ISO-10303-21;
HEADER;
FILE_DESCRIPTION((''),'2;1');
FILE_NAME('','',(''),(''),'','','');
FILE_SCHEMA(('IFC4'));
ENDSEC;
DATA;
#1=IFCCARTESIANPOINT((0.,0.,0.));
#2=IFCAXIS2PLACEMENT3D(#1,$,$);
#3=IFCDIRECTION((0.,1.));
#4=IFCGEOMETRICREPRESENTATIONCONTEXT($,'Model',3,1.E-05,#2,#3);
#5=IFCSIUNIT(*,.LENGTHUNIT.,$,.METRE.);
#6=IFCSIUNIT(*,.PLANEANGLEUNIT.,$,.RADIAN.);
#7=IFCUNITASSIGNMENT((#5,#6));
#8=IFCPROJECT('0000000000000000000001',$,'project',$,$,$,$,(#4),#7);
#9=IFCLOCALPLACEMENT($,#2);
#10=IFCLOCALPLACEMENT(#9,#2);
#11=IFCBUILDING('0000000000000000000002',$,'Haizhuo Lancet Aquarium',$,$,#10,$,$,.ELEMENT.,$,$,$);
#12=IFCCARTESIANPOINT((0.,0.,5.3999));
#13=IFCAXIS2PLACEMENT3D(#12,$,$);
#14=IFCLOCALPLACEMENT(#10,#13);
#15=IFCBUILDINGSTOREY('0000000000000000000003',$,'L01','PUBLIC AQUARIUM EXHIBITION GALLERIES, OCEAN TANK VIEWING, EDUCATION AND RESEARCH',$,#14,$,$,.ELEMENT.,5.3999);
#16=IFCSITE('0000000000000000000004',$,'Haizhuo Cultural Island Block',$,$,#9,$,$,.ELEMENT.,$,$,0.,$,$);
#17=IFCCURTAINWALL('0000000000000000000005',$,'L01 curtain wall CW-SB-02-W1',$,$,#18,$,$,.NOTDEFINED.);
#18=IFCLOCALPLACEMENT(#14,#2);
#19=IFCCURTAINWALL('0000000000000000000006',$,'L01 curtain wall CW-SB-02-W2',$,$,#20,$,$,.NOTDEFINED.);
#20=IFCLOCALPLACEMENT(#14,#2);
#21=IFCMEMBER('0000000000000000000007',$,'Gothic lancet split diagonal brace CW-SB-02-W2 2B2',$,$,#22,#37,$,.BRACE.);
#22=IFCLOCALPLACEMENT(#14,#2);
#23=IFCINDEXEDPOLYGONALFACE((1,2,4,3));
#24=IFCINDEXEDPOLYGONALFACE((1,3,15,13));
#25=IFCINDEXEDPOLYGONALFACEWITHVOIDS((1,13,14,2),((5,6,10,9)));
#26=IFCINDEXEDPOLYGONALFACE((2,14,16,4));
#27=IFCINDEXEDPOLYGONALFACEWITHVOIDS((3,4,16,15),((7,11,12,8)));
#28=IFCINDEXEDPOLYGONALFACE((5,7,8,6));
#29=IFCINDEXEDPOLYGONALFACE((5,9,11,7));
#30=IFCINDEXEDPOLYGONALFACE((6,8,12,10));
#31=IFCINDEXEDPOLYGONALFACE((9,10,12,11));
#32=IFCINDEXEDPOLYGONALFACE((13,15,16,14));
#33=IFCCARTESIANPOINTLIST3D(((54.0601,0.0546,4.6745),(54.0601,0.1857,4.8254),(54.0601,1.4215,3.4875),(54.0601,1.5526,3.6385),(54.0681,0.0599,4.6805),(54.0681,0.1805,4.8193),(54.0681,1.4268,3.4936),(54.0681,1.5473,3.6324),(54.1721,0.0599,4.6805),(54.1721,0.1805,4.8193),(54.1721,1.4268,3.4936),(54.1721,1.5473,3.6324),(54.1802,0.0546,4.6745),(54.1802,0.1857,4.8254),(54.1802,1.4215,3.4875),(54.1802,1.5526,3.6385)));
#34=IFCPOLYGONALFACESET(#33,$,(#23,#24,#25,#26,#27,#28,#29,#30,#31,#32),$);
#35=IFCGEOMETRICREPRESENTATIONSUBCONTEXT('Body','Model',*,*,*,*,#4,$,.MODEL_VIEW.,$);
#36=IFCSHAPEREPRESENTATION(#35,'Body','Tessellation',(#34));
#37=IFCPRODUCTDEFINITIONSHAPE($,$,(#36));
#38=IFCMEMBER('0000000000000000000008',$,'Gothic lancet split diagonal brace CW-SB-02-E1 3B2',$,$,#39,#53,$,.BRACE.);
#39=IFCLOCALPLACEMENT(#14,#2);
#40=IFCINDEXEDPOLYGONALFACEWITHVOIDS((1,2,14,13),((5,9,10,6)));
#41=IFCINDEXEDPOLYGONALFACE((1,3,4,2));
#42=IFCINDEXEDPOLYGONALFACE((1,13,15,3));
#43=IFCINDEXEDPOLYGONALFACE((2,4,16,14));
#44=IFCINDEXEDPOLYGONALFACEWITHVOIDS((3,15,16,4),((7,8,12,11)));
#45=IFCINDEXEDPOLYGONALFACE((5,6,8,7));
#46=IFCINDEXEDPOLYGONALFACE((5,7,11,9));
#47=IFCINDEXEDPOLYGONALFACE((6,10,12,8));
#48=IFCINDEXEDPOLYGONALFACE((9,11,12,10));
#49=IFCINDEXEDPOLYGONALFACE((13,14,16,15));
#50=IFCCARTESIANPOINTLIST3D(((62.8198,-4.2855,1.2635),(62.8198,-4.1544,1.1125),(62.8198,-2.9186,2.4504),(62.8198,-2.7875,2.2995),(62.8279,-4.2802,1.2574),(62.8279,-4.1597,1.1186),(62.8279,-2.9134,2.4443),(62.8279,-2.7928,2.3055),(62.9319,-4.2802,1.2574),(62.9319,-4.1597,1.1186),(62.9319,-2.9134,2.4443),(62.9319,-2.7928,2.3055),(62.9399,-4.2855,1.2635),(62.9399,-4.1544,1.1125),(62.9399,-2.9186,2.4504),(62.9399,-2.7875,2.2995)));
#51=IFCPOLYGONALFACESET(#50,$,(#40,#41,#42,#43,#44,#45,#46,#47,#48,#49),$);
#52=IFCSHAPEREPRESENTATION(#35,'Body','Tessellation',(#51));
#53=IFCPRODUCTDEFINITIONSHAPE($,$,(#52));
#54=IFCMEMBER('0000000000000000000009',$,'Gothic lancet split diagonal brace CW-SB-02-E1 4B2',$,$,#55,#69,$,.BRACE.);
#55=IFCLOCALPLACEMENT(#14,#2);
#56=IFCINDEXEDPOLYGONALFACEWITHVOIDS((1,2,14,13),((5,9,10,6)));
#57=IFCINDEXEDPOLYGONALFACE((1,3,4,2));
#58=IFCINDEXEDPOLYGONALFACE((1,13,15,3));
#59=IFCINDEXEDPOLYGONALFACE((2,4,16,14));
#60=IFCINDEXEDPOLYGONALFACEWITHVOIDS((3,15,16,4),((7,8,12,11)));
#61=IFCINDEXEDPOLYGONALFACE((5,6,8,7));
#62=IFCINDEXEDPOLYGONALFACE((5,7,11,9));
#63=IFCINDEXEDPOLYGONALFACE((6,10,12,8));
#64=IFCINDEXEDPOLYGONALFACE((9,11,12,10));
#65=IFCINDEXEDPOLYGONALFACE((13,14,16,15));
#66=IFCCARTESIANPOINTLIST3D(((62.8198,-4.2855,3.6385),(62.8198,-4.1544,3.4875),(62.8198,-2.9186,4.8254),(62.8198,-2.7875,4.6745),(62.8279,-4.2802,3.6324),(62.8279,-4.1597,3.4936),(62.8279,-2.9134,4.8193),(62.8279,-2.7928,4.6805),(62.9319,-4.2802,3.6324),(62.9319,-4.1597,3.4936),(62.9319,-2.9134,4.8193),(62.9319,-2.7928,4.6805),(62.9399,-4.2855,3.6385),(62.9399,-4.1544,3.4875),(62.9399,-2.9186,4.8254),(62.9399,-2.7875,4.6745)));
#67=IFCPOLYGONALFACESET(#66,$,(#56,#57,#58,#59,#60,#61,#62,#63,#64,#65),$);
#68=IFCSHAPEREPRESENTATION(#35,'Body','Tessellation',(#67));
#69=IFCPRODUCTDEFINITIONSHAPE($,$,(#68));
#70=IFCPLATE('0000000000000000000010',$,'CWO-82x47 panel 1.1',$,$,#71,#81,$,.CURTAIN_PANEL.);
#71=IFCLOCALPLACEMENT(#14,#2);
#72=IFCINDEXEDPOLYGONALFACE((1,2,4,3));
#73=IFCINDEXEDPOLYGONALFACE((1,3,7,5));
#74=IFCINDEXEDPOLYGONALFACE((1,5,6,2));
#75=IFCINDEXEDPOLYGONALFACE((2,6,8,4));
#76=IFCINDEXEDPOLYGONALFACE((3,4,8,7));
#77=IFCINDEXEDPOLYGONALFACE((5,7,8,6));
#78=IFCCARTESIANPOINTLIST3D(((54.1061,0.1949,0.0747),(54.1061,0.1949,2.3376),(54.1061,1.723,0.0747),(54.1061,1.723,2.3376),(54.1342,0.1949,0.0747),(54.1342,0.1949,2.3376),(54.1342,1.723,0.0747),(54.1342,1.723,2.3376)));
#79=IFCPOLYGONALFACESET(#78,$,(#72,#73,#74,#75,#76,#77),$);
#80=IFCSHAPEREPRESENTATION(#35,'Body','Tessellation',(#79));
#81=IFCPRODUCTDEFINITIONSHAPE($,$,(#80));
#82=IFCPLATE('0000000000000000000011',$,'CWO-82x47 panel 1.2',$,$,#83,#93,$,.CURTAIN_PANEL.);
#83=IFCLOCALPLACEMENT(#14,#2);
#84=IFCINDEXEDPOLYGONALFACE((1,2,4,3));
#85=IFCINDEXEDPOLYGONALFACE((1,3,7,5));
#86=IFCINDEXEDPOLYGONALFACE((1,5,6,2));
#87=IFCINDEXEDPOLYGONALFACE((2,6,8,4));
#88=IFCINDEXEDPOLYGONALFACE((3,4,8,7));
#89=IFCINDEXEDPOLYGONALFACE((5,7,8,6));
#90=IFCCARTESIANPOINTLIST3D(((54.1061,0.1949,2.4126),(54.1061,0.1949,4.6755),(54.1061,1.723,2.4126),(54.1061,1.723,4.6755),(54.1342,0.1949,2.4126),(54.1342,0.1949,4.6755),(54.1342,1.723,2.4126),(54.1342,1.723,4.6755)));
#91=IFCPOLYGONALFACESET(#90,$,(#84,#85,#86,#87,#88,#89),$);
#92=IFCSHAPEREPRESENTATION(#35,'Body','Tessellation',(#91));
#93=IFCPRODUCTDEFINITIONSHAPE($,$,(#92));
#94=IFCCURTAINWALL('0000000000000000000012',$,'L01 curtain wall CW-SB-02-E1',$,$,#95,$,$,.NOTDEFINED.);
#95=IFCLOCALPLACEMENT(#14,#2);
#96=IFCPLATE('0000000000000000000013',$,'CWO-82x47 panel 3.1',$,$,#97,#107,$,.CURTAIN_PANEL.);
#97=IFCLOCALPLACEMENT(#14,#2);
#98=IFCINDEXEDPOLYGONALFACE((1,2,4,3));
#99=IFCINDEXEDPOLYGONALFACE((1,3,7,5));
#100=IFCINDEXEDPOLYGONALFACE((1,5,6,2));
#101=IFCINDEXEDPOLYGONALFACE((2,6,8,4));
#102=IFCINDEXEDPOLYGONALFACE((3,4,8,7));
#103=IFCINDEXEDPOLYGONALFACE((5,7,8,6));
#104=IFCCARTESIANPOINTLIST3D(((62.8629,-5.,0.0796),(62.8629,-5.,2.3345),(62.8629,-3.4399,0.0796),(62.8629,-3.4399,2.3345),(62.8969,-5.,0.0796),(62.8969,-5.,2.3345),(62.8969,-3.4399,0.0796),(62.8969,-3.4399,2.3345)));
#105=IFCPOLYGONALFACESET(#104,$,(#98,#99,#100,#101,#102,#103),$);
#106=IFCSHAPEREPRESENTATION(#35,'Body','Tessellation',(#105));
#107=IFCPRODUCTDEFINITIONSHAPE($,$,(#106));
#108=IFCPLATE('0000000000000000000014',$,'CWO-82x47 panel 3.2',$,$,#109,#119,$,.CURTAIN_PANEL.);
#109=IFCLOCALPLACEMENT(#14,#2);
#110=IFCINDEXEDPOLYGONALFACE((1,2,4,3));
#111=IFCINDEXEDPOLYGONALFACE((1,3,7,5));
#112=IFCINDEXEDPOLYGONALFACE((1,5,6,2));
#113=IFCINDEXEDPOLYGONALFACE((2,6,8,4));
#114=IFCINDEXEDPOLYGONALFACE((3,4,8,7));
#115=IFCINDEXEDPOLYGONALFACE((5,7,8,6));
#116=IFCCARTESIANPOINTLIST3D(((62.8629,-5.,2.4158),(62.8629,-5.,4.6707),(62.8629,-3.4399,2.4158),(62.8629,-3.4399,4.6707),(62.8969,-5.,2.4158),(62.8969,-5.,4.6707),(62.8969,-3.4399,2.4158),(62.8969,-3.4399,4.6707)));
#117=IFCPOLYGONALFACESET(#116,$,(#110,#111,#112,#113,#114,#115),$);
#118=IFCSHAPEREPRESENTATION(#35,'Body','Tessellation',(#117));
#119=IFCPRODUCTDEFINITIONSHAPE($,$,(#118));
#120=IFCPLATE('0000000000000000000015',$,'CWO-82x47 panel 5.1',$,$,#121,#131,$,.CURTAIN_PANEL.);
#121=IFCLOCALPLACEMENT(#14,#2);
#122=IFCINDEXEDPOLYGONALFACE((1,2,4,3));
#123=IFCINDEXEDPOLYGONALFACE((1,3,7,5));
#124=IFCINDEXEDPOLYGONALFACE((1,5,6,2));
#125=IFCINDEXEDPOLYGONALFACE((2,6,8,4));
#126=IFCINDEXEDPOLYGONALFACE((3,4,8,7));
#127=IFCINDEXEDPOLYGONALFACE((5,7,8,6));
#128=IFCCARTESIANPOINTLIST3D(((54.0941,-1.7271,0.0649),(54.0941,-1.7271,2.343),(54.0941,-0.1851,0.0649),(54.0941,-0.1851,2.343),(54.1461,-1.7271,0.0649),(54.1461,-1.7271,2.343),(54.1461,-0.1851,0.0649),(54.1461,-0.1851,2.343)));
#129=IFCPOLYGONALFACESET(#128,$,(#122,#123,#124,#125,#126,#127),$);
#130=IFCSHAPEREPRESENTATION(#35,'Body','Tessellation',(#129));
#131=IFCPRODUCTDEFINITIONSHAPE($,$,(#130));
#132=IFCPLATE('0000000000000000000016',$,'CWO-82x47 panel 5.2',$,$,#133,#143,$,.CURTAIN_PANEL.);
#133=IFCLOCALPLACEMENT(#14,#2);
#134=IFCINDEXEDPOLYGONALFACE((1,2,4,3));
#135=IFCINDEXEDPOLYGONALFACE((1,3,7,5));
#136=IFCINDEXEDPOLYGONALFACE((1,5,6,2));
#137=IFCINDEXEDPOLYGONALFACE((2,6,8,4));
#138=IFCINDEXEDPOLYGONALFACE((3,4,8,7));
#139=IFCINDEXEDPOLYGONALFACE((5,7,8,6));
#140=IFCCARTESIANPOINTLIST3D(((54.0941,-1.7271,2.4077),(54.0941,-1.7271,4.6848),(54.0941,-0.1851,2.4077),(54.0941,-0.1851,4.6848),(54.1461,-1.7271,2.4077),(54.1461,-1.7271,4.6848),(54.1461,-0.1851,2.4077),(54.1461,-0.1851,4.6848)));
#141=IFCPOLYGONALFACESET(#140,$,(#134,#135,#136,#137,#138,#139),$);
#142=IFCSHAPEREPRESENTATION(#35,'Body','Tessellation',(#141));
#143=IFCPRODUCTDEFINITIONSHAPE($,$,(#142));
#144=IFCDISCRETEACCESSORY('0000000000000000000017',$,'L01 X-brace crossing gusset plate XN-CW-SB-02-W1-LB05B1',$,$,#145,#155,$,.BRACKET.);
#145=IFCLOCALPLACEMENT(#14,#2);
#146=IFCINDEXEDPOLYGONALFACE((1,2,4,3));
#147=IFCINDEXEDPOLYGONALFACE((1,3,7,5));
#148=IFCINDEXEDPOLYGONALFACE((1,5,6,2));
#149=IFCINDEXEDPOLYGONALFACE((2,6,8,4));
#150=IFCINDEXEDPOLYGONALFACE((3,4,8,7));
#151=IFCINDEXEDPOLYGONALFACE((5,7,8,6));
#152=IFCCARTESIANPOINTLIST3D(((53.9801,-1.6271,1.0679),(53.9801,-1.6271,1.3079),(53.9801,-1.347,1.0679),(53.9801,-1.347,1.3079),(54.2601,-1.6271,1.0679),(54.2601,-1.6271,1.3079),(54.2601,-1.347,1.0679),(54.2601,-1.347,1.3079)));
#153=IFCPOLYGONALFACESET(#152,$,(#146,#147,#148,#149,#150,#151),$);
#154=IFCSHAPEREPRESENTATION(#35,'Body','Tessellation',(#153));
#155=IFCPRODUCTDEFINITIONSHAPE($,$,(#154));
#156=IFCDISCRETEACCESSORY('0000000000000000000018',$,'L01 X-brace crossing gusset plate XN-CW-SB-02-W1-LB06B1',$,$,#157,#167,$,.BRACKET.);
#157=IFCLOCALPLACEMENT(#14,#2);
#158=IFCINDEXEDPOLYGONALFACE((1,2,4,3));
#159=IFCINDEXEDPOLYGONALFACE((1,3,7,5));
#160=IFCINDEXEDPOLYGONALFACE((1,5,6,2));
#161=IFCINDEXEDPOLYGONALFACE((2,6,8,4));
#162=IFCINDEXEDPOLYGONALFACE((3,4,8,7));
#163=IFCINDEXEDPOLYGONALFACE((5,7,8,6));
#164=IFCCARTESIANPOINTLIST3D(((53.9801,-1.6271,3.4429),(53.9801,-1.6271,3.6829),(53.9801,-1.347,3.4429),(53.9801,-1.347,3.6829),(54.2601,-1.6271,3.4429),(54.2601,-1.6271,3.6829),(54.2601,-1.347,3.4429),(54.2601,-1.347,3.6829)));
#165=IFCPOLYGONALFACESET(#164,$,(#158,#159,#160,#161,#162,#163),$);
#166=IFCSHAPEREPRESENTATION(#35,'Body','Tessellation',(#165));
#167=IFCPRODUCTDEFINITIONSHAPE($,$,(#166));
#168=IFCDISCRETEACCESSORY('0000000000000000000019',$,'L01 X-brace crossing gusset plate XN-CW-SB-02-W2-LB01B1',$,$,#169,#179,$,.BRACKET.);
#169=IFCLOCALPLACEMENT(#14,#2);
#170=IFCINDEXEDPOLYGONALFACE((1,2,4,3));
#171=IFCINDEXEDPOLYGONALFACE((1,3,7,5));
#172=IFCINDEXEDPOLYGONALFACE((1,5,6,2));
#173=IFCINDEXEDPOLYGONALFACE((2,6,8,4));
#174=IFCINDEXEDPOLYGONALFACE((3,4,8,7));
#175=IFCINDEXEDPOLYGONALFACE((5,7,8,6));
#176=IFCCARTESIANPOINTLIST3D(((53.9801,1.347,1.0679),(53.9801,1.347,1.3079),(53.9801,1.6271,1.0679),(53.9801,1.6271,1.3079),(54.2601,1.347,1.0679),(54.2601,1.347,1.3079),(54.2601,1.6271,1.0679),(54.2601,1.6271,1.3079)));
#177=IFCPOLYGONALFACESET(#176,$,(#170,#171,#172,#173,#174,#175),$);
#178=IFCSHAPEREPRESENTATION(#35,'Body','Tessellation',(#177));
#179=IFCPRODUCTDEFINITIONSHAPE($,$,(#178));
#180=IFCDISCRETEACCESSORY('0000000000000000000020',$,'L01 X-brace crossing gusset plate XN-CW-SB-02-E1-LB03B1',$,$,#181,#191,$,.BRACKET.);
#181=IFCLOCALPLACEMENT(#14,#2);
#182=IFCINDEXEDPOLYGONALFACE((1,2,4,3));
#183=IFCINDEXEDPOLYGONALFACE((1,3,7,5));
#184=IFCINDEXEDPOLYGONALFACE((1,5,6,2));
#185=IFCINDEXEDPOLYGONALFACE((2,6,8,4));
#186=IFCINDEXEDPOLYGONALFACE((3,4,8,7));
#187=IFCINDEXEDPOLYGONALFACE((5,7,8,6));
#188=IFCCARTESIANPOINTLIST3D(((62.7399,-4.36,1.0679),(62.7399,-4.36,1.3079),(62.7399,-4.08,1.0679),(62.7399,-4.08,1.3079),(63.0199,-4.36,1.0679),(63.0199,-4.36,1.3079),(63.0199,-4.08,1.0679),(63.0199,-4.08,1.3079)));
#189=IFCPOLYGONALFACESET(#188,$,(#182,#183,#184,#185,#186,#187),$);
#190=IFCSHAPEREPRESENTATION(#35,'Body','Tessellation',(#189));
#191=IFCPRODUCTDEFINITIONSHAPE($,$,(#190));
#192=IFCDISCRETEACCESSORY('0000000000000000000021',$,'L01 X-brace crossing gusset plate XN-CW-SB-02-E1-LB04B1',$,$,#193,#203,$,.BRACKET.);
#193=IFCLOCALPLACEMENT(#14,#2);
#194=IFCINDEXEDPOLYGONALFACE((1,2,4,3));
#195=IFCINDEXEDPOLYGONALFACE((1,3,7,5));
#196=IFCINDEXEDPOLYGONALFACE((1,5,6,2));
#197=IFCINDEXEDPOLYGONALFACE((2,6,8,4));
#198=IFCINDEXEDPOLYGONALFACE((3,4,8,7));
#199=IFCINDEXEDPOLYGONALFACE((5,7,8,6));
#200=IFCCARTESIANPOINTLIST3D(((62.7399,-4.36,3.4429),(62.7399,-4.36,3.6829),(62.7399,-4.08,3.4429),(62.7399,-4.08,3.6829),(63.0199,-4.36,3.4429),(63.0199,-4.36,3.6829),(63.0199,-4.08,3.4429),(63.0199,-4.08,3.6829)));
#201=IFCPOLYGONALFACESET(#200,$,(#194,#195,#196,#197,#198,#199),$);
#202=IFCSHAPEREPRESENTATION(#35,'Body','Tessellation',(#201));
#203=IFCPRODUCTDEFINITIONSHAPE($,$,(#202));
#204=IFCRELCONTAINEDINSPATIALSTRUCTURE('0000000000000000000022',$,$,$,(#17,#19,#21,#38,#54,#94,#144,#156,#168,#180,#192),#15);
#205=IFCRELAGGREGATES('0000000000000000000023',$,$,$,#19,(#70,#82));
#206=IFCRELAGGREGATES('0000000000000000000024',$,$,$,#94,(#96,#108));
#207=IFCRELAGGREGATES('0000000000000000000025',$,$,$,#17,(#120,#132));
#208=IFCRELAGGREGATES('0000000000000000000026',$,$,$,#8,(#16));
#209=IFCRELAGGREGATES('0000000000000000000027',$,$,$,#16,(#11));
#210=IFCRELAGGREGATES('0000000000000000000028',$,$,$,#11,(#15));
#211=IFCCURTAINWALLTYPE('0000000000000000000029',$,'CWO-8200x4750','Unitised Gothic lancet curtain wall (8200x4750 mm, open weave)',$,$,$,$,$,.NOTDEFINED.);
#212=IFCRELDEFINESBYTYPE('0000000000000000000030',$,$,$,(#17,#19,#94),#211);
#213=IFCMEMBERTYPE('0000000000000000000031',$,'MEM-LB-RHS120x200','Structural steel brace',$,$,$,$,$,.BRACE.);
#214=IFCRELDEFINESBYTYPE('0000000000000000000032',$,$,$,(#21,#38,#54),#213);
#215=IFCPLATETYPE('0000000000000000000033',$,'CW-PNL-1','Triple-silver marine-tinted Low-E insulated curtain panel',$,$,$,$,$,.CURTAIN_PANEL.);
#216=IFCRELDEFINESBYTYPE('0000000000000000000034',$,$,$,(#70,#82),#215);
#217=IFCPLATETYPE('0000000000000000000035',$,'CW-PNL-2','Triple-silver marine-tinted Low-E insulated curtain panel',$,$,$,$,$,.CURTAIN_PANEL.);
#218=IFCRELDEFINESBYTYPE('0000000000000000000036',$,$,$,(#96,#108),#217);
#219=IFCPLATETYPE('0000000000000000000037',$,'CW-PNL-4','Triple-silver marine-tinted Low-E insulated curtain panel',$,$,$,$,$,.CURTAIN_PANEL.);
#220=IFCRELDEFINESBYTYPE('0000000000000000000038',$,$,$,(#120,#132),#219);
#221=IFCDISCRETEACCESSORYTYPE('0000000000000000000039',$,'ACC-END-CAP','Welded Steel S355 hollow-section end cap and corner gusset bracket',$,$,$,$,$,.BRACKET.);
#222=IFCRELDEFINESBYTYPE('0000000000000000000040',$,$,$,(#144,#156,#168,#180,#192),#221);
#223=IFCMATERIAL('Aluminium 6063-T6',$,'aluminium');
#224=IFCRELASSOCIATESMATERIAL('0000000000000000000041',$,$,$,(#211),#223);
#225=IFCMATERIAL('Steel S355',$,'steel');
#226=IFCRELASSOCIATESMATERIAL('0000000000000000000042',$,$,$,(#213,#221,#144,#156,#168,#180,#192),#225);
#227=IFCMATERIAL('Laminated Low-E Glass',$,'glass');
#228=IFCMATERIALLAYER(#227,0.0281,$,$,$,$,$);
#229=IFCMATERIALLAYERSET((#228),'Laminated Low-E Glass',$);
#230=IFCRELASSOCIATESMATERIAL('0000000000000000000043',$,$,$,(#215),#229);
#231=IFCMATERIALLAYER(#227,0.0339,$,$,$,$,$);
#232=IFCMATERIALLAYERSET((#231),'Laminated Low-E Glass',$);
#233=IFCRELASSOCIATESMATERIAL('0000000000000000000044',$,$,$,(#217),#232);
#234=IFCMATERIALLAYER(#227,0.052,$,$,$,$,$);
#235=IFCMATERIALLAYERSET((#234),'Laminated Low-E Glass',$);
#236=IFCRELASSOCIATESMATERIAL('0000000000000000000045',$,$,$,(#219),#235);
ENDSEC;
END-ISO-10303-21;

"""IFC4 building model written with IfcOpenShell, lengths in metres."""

from ifc_helpers import new_model, si_unit, direction, frame, origin, origin_2d, place, context, subcontext, project, spatial, rectangle, hollow_rectangle, extrude, material, layer, layer_set, material_profile, profile_set, type_object, element, aggregate, save


model = new_model("IFC4")

# Units and contexts
model_context = context("Model", 3, precision=1e-05, world=origin(), true_north=direction((0.0, 1.0)))
body_context = subcontext(model_context, "Body", "Model", "MODEL_VIEW")
ifc_project = project(units=[si_unit("LENGTHUNIT", "METRE"), si_unit("PLANEANGLEUNIT", "RADIAN")], contexts=[model_context])

# Site, building, storey
site_placement = place(None, origin())
site = spatial("IfcSite", under=ifc_project, at=site_placement, Name="Haizhuo Cultural Island Block", CompositionType="ELEMENT", RefElevation=0.0)
building_placement = place(site_placement, origin())
building = spatial("IfcBuilding", under=site, at=building_placement, Name="Haizhuo Lancet Aquarium", CompositionType="ELEMENT")
storey_placement = place(building_placement, frame((0.0, 0.0, 5.3999)))
storey = spatial("IfcBuildingStorey", under=building, at=storey_placement, Name="L01", Description="PUBLIC AQUARIUM EXHIBITION GALLERIES, OCEAN TANK VIEWING, EDUCATION AND RESEARCH", CompositionType="ELEMENT", Elevation=5.3999)

# Curtain wall
ifc_material_1 = material(Name="Aluminium 6063-T6", Category="aluminium")
curtain_wall_type = type_object("IfcCurtainWallType", Name="CWO-8200x4750", Description="Unitised Gothic lancet curtain wall (8200x4750 mm, open weave)", PredefinedType="NOTDEFINED", material=ifc_material_1)
curtain_wall_1_placement = place(storey_placement, origin())
curtain_wall_1 = element("IfcCurtainWall", 1, at=curtain_wall_1_placement, inside=storey, type_object=curtain_wall_type, Name="L01 curtain wall CW-SB-02-W1", PredefinedType="NOTDEFINED")

# Curtain wall
curtain_wall_2_placement = place(storey_placement, origin())
curtain_wall_2 = element("IfcCurtainWall", 2, at=curtain_wall_2_placement, inside=storey, type_object=curtain_wall_type, Name="L01 curtain wall CW-SB-02-W2", PredefinedType="NOTDEFINED")

# Members
ifc_material_2 = material(Name="Steel S355", Category="steel")
ifc_material_profile_1 = material_profile(ifc_material_2, hollow_rectangle(XDim=0.1201, YDim=0.2, WallThickness=0.0081, at=origin_2d()), Name="RHS 120x200x8")
ifc_profile_set_1 = profile_set([ifc_material_profile_1], Name="Steel S355")
member_type_1 = type_object("IfcMemberType", Name="MEM-LB-RHS120x200", Description="Structural steel brace", PredefinedType="BRACE", material=ifc_profile_set_1)
for number, where, z_axis, x_axis, name in (
    (3, (54.1201, 1.4871, 3.563), (0.0, -0.755052, 0.655664), (1.0, 0.0, 0.0), "Gothic lancet split diagonal brace CW-SB-02-W2 2B2"),
    (4, (62.8799, -4.22, 1.188), (0.0, 0.755052, 0.655664), (-1.0, 0.0, 0.0), "Gothic lancet split diagonal brace CW-SB-02-E1 3B2"),
    (5, (62.8799, -4.22, 3.563), (0.0, 0.755052, 0.655664), (-1.0, 0.0, 0.0), "Gothic lancet split diagonal brace CW-SB-02-E1 4B2"),
):
    element("IfcMember", number, at=place(storey_placement, frame(where, z_axis=z_axis, x_axis=x_axis)), inside=storey, type_object=member_type_1, Name=name, PredefinedType="BRACE", context=body_context, shape_type="SweptSolid", body=[
        extrude(hollow_rectangle(XDim=0.1201, YDim=0.2, WallThickness=0.0081, at=origin_2d()), origin(), (0.0, 0.0, 1.0), 1.8103),
    ])

# Plates
ifc_material_3 = material(Name="Laminated Low-E Glass", Category="glass")
ifc_layer_1 = layer(ifc_material_3, 0.0281)
ifc_layer_set_1 = layer_set([ifc_layer_1], Name="Laminated Low-E Glass")
plate_type_1 = type_object("IfcPlateType", Name="CW-PNL-1", Description="Triple-silver marine-tinted Low-E insulated curtain panel", PredefinedType="CURTAIN_PANEL", material=ifc_layer_set_1)
plate_1_placement = place(storey_placement, frame((54.1201, 0.959, 0.0747), z_axis=(0.0, 0.0, 1.0), x_axis=(0.0, 1.0, 0.0)))
plate_1 = element("IfcPlate", 6, at=plate_1_placement, type_object=plate_type_1, Name="CWO-82x47 panel 1.1", PredefinedType="CURTAIN_PANEL", context=body_context, shape_type="SweptSolid", body=[
    extrude(rectangle(XDim=1.5281, YDim=0.0281, at=origin_2d()), origin(), (0.0, 0.0, 1.0), 2.2629),
])
plate_2_placement = place(storey_placement, frame((54.1201, 0.959, 2.4126), z_axis=(0.0, 0.0, 1.0), x_axis=(0.0, 1.0, 0.0)))
plate_2 = element("IfcPlate", 7, at=plate_2_placement, type_object=plate_type_1, Name="CWO-82x47 panel 1.2", PredefinedType="CURTAIN_PANEL", context=body_context, shape_type="SweptSolid", body=[
    extrude(rectangle(XDim=1.5281, YDim=0.0281, at=origin_2d()), origin(), (0.0, 0.0, 1.0), 2.2629),
])
aggregate(curtain_wall_2, [plate_1, plate_2])

# Curtain wall, plates
curtain_wall_3_placement = place(storey_placement, origin())
curtain_wall_3 = element("IfcCurtainWall", 8, at=curtain_wall_3_placement, inside=storey, type_object=curtain_wall_type, Name="L01 curtain wall CW-SB-02-E1", PredefinedType="NOTDEFINED")
ifc_layer_2 = layer(ifc_material_3, 0.0339)
ifc_layer_set_2 = layer_set([ifc_layer_2], Name="Laminated Low-E Glass")
plate_type_2 = type_object("IfcPlateType", Name="CW-PNL-2", Description="Triple-silver marine-tinted Low-E insulated curtain panel", PredefinedType="CURTAIN_PANEL", material=ifc_layer_set_2)
plate_3_placement = place(storey_placement, frame((62.8799, -4.22, 0.0796), z_axis=(0.0, 0.0, 1.0), x_axis=(0.0, -1.0, 0.0)))
plate_3 = element("IfcPlate", 9, at=plate_3_placement, type_object=plate_type_2, Name="CWO-82x47 panel 3.1", PredefinedType="CURTAIN_PANEL", context=body_context, shape_type="SweptSolid", body=[
    extrude(rectangle(XDim=1.5601, YDim=0.0339, at=origin_2d()), origin(), (0.0, 0.0, 1.0), 2.2549),
])
plate_4_placement = place(storey_placement, frame((62.8799, -4.22, 2.4158), z_axis=(0.0, 0.0, 1.0), x_axis=(0.0, -1.0, 0.0)))
plate_4 = element("IfcPlate", 10, at=plate_4_placement, type_object=plate_type_2, Name="CWO-82x47 panel 3.2", PredefinedType="CURTAIN_PANEL", context=body_context, shape_type="SweptSolid", body=[
    extrude(rectangle(XDim=1.5601, YDim=0.0339, at=origin_2d()), origin(), (0.0, 0.0, 1.0), 2.2549),
])
aggregate(curtain_wall_3, [plate_3, plate_4])

# Plates
ifc_layer_3 = layer(ifc_material_3, 0.052)
ifc_layer_set_3 = layer_set([ifc_layer_3], Name="Laminated Low-E Glass")
plate_type_3 = type_object("IfcPlateType", Name="CW-PNL-4", Description="Triple-silver marine-tinted Low-E insulated curtain panel", PredefinedType="CURTAIN_PANEL", material=ifc_layer_set_3)
plate_5_placement = place(storey_placement, frame((54.1201, -0.9561, 0.0649), z_axis=(0.0, 0.0, 1.0), x_axis=(0.0, 1.0, 0.0)))
plate_5 = element("IfcPlate", 11, at=plate_5_placement, type_object=plate_type_3, Name="CWO-82x47 panel 5.1", PredefinedType="CURTAIN_PANEL", context=body_context, shape_type="SweptSolid", body=[
    extrude(rectangle(XDim=1.542, YDim=0.052, at=origin_2d()), origin(), (0.0, 0.0, 1.0), 2.2781),
])
plate_6_placement = place(storey_placement, frame((54.1201, -0.9561, 2.4077), z_axis=(0.0, 0.0, 1.0), x_axis=(0.0, 1.0, 0.0)))
plate_6 = element("IfcPlate", 12, at=plate_6_placement, type_object=plate_type_3, Name="CWO-82x47 panel 5.2", PredefinedType="CURTAIN_PANEL", context=body_context, shape_type="SweptSolid", body=[
    extrude(rectangle(XDim=1.542, YDim=0.052, at=origin_2d()), origin(), (0.0, 0.0, 1.0), 2.2771),
])
aggregate(curtain_wall_1, [plate_5, plate_6])

# Discrete accessories
discrete_accessory_type = type_object("IfcDiscreteAccessoryType", Name="ACC-END-CAP", Description="Welded Steel S355 hollow-section end cap and corner gusset bracket", PredefinedType="BRACKET", material=ifc_material_2)
for number, where, z_axis, x_axis, name in (
    (13, (54.1201, -1.4871, 1.0679), (0.0, 0.0, 1.0), (1.0, 0.0, 0.0), "L01 X-brace crossing gusset plate XN-CW-SB-02-W1-LB05B1"),
    (14, (54.1201, -1.4871, 3.4429), (0.0, 0.0, 1.0), (1.0, 0.0, 0.0), "L01 X-brace crossing gusset plate XN-CW-SB-02-W1-LB06B1"),
    (15, (54.1201, 1.4871, 1.0679), (0.0, 0.0, 1.0), (1.0, 0.0, 0.0), "L01 X-brace crossing gusset plate XN-CW-SB-02-W2-LB01B1"),
    (16, (62.8799, -4.22, 1.0679), (0.0, 0.0, 1.0), (1.0, 0.0, 0.0), "L01 X-brace crossing gusset plate XN-CW-SB-02-E1-LB03B1"),
    (17, (62.8799, -4.22, 3.4429), (0.0, 0.0, 1.0), (1.0, 0.0, 0.0), "L01 X-brace crossing gusset plate XN-CW-SB-02-E1-LB04B1"),
):
    element("IfcDiscreteAccessory", number, at=place(storey_placement, frame(where, z_axis=z_axis, x_axis=x_axis)), inside=storey, type_object=discrete_accessory_type, material=ifc_material_2, Name=name, PredefinedType="BRACKET", context=body_context, shape_type="SweptSolid", body=[
        extrude(rectangle(XDim=0.28, YDim=0.28, at=origin_2d()), origin(), (0.0, 0.0, 1.0), 0.24),
    ])

save(model, "model.ifc")
